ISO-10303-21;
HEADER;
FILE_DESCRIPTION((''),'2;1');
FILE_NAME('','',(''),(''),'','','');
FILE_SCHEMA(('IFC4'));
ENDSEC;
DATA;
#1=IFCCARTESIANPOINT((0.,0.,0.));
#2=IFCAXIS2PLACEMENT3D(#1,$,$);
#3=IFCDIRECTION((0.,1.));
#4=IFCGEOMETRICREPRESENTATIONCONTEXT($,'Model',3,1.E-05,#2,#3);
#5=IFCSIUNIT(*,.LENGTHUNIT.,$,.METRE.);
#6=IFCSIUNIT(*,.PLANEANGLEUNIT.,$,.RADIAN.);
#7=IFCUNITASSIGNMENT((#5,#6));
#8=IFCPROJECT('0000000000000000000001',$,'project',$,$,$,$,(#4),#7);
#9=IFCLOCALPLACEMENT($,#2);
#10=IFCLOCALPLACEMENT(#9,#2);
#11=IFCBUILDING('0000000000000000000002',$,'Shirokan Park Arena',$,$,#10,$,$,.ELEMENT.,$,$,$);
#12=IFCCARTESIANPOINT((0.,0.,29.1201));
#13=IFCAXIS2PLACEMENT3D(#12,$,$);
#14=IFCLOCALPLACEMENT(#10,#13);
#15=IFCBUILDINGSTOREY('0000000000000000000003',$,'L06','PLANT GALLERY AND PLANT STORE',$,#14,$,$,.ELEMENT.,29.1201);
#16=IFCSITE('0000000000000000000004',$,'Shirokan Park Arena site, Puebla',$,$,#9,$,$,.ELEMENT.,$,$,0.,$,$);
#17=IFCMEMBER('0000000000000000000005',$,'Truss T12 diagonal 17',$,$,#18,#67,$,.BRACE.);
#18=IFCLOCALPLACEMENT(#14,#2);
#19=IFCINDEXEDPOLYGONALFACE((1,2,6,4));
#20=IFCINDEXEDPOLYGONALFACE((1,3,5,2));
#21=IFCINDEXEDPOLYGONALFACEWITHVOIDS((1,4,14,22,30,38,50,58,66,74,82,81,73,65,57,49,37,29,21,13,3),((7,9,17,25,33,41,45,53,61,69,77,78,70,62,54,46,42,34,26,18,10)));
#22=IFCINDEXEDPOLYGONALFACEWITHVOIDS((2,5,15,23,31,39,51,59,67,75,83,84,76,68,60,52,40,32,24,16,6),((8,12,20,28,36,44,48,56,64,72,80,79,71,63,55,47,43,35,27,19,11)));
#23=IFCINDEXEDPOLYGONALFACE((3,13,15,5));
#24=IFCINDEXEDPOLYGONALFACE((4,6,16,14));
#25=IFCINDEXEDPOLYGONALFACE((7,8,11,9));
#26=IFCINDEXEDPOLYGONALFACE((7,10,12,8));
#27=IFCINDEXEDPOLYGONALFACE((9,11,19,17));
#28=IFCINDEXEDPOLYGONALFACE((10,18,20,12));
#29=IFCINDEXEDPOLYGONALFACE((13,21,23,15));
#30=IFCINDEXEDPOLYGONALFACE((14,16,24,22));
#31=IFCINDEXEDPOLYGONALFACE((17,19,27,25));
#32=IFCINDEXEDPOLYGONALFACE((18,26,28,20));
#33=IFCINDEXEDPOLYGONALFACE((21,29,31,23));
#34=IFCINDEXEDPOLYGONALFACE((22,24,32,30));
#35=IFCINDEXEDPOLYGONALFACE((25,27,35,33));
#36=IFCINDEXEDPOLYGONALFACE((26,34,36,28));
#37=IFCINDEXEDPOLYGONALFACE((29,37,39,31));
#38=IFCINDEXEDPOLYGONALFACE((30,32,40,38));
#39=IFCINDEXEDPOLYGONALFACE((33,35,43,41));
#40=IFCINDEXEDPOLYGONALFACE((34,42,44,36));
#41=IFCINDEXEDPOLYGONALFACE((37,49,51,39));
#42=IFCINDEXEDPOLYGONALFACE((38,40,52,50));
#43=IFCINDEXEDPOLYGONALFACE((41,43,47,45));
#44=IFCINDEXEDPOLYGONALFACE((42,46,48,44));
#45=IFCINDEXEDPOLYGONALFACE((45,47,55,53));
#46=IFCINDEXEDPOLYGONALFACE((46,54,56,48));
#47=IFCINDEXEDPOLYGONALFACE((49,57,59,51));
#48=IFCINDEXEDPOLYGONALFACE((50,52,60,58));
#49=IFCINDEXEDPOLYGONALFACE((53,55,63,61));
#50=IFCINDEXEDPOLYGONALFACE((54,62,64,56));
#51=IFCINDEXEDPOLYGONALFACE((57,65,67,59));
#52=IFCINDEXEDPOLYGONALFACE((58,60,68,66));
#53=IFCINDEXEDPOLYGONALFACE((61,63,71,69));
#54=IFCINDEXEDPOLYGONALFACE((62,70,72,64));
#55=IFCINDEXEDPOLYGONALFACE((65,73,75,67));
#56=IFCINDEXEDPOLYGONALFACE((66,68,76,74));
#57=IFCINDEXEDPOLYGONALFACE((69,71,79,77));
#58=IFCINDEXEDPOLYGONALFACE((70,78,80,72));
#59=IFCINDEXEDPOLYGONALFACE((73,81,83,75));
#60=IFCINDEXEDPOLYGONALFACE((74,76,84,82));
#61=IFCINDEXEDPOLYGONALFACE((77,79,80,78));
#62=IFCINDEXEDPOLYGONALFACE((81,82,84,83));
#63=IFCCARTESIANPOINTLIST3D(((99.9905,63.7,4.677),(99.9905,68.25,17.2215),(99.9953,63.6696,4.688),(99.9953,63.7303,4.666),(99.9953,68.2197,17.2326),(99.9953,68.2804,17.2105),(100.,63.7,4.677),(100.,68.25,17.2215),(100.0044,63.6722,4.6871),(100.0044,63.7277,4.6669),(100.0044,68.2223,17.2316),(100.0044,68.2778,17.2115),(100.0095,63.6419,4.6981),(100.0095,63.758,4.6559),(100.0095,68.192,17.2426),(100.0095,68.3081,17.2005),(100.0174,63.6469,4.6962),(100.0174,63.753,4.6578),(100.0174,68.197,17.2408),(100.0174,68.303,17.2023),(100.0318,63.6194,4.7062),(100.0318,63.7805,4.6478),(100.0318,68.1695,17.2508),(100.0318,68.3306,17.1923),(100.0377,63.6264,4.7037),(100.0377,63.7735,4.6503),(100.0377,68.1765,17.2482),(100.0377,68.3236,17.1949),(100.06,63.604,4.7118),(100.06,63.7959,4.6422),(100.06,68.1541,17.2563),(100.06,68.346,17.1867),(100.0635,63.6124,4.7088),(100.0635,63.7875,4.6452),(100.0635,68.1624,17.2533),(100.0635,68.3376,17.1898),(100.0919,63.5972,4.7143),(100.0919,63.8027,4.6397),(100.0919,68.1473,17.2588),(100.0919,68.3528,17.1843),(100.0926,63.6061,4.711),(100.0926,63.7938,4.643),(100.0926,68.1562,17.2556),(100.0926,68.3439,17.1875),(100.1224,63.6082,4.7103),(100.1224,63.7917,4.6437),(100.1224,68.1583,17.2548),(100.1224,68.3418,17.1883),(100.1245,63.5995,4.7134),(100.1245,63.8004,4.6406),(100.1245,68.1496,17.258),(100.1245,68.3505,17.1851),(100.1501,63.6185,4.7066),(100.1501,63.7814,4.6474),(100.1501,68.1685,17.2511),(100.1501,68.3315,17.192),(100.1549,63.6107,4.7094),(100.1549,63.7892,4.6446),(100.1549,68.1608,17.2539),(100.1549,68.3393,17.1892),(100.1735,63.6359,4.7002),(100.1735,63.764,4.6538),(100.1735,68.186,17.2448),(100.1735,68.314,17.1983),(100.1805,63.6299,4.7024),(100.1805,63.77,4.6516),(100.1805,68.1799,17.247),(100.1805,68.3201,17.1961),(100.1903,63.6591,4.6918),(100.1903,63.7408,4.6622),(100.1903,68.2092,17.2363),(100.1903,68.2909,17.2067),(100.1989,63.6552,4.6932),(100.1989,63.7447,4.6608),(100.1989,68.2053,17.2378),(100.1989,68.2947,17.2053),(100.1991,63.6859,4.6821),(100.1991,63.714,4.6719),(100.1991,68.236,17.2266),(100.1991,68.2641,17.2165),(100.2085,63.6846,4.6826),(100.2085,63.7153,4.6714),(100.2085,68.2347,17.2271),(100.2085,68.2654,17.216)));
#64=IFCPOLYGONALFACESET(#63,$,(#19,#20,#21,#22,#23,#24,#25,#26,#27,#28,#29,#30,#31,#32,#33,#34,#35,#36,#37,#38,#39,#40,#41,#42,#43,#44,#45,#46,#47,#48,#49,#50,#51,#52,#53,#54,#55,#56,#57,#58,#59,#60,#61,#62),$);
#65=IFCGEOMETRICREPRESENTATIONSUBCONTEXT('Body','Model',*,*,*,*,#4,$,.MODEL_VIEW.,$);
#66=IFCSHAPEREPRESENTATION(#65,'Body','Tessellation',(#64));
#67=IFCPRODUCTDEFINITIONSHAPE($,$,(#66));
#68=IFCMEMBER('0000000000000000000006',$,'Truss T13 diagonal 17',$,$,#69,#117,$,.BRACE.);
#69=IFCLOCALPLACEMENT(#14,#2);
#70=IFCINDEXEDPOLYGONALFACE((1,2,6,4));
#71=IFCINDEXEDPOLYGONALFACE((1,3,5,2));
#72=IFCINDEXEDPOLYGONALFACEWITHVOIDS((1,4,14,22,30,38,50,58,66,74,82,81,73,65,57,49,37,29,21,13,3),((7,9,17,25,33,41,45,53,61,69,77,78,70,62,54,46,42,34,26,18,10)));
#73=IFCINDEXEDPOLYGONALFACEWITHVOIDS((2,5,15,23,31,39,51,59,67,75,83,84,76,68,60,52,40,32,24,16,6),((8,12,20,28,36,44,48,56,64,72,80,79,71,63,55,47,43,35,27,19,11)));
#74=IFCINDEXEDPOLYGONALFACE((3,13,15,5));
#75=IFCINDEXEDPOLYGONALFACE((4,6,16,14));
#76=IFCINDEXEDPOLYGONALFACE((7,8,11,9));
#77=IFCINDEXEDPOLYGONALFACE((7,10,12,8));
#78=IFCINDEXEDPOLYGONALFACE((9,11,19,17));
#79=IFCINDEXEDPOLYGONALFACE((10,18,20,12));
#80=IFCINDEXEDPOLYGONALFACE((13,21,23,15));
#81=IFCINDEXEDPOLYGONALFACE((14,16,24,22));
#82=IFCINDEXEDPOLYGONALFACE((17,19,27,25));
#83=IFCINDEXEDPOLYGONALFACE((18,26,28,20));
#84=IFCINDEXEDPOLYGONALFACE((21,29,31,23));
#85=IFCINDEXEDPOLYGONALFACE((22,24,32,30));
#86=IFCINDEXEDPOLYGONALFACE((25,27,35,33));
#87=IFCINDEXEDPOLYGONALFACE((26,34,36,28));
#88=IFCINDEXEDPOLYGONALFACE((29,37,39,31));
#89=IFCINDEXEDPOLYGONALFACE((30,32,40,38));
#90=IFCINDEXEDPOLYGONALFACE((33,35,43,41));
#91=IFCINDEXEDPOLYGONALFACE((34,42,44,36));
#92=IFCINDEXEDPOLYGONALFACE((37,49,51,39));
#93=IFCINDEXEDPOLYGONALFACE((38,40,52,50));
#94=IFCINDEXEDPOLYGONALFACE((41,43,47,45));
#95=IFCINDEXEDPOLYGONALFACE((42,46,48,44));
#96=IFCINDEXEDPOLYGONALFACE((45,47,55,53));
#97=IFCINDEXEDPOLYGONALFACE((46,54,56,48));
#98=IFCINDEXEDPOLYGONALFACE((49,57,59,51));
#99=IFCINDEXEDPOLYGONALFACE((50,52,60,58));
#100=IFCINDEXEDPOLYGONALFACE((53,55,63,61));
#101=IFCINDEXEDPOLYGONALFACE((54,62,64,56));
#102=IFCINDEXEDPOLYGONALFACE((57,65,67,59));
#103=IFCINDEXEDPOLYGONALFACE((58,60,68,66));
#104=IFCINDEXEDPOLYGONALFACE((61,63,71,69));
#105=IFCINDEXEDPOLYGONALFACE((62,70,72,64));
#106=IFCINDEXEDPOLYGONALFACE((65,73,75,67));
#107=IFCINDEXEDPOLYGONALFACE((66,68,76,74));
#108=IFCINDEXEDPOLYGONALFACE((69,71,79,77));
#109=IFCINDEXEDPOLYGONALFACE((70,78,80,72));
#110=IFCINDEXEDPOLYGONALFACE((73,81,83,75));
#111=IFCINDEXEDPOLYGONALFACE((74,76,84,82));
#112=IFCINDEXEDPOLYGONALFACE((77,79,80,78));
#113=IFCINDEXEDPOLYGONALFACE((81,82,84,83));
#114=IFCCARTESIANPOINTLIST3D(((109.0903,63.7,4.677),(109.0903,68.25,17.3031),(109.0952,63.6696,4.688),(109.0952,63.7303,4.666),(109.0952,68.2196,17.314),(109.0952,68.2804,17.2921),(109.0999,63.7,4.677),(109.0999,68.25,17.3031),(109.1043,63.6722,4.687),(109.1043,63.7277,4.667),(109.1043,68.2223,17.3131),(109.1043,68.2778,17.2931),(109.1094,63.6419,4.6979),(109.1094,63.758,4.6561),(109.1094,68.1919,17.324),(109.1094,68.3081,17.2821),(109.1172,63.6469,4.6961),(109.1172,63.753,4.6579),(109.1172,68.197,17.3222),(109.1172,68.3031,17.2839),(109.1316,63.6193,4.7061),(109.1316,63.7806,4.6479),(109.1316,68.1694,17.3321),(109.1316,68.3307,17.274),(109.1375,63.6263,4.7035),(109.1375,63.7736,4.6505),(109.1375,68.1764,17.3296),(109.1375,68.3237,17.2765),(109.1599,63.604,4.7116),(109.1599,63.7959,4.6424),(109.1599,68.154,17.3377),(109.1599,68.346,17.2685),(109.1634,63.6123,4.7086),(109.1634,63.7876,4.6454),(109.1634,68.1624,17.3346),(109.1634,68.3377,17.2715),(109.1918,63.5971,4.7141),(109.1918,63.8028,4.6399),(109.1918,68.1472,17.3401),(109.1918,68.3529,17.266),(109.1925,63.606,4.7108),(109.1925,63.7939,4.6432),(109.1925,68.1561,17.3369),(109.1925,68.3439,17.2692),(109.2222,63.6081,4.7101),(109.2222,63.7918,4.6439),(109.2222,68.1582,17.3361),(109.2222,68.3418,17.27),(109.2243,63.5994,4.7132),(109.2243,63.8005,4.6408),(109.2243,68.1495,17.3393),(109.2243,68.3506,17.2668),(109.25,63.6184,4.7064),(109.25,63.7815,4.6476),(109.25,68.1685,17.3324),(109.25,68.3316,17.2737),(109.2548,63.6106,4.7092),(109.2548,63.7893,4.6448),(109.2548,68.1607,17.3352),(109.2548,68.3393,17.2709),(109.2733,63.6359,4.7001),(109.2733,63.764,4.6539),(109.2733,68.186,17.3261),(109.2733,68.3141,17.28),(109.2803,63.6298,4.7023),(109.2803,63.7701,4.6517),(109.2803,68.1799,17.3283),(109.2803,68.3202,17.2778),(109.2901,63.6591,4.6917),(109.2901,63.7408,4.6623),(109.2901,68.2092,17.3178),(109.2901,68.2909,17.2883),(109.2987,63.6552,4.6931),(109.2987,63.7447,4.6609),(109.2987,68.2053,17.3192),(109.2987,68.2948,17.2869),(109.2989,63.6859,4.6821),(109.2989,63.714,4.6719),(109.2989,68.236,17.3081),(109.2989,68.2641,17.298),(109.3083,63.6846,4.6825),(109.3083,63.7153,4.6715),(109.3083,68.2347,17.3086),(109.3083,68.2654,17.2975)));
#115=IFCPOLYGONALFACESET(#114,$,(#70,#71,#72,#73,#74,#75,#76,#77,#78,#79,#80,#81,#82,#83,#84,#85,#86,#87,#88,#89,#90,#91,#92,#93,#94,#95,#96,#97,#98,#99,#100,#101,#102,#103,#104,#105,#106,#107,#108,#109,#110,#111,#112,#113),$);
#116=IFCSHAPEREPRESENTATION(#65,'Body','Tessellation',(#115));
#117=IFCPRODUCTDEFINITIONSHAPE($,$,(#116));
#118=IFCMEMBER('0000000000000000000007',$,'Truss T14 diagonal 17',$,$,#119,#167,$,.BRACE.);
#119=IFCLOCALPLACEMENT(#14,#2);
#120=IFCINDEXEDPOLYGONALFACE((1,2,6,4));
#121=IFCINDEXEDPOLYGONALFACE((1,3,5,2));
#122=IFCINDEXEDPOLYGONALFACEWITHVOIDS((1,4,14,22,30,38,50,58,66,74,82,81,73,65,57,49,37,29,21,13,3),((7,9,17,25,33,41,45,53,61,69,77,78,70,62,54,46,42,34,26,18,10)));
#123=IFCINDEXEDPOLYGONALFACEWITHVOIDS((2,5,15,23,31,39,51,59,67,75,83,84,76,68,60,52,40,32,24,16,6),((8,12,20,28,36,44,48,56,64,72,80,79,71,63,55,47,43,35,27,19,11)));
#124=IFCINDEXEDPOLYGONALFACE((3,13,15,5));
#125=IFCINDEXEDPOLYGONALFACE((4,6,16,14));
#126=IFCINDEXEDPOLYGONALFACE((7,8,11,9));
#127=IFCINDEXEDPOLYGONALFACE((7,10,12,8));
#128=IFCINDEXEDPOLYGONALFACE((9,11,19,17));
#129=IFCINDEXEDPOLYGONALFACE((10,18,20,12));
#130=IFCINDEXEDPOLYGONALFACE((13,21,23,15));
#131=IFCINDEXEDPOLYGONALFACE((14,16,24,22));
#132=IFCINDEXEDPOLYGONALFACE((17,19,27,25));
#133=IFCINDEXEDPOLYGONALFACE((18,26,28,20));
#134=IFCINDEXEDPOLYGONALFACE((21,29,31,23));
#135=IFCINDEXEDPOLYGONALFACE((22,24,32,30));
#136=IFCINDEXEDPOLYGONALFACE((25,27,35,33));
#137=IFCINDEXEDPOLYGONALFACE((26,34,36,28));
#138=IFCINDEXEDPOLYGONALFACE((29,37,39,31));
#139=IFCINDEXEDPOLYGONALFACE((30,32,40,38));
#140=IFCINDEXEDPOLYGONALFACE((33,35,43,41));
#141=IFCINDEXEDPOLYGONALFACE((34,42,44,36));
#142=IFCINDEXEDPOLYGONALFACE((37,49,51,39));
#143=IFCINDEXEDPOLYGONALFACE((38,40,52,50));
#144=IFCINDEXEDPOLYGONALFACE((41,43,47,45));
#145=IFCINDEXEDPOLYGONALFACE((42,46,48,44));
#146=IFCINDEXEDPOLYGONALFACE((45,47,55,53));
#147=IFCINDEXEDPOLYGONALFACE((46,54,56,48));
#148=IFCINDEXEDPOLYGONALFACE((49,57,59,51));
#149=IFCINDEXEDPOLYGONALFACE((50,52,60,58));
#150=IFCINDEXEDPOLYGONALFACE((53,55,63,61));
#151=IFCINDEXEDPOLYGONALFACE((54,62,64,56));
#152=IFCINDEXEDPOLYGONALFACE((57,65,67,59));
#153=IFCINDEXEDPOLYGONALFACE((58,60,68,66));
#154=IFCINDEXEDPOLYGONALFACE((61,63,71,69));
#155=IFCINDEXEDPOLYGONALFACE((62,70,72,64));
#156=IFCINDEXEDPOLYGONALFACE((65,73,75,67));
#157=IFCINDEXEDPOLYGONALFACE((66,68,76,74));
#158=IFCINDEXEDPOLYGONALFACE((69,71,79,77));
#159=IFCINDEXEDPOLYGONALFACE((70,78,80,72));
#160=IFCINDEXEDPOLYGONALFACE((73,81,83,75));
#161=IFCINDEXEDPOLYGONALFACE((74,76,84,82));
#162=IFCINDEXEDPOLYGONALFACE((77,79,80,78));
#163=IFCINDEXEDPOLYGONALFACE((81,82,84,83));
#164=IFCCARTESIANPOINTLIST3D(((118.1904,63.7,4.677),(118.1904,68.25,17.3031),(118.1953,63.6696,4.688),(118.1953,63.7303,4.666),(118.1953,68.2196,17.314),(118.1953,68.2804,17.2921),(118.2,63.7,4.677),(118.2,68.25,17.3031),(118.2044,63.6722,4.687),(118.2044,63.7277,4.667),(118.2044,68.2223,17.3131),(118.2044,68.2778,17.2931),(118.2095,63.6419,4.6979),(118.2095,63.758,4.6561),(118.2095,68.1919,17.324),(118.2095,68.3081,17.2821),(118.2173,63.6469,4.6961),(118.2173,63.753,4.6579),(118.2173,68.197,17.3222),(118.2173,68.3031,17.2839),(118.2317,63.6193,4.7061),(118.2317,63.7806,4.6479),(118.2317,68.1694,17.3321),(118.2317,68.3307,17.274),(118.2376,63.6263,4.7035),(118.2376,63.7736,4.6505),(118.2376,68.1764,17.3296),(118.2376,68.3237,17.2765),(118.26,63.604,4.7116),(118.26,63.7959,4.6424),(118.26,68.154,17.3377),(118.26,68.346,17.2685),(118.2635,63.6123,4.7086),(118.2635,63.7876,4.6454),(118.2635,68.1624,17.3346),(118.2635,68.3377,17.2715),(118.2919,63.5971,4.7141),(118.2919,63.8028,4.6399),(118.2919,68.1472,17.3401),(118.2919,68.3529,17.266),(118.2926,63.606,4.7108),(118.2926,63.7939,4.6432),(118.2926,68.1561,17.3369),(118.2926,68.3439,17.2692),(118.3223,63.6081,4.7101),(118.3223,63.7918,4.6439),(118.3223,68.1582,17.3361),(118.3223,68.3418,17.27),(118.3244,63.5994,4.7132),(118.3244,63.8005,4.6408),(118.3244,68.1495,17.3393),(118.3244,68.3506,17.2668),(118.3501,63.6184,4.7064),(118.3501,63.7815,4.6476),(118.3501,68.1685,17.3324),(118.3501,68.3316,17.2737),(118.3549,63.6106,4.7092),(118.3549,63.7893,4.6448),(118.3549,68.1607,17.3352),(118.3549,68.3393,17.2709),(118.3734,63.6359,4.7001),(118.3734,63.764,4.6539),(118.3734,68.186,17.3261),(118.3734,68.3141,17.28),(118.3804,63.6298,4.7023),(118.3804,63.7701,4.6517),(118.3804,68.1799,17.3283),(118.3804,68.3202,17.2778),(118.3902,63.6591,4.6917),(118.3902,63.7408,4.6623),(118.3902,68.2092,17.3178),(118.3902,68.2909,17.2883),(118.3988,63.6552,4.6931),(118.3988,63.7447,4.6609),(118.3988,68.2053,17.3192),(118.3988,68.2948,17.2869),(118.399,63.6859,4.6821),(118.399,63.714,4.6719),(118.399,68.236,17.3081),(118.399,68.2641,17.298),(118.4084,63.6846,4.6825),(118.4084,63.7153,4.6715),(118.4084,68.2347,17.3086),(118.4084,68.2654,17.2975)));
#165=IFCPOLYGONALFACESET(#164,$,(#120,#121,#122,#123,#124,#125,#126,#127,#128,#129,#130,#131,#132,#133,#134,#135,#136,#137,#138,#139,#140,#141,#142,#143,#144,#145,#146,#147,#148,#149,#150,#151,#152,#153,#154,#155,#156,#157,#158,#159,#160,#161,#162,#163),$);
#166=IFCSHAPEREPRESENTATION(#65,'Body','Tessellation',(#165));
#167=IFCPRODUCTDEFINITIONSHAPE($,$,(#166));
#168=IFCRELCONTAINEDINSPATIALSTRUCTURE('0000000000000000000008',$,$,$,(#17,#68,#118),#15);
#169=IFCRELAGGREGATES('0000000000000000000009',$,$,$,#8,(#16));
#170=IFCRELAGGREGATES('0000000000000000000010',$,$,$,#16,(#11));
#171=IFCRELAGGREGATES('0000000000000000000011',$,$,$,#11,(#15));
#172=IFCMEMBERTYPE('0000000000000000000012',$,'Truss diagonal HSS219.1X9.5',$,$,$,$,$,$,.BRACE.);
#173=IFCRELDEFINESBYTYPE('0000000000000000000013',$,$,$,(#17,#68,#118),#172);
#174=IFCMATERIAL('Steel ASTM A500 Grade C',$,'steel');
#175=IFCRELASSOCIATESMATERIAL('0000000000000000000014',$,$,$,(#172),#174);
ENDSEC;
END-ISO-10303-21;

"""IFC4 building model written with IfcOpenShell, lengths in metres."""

from ifc_helpers import new_model, si_unit, direction, frame, origin, origin_2d, place, context, subcontext, project, spatial, hollow_circle, extrude, material, material_profile, profile_set, type_object, element, save


model = new_model("IFC4")

# Units and contexts
model_context = context("Model", 3, precision=1e-05, world=origin(), true_north=direction((0.0, 1.0)))
body_context = subcontext(model_context, "Body", "Model", "MODEL_VIEW")
ifc_project = project(units=[si_unit("LENGTHUNIT", "METRE"), si_unit("PLANEANGLEUNIT", "RADIAN")], contexts=[model_context])

# Site, building, storey
site_placement = place(None, origin())
site = spatial("IfcSite", under=ifc_project, at=site_placement, Name="Shirokan Park Arena site, Puebla", CompositionType="ELEMENT", RefElevation=0.0)
building_placement = place(site_placement, origin())
building = spatial("IfcBuilding", under=site, at=building_placement, Name="Shirokan Park Arena", CompositionType="ELEMENT")
storey_placement = place(building_placement, frame((0.0, 0.0, 29.1201)))
storey = spatial("IfcBuildingStorey", under=building, at=storey_placement, Name="L06", Description="PLANT GALLERY AND PLANT STORE", CompositionType="ELEMENT", Elevation=29.1201)

# Members
ifc_material_1 = material(Name="Steel ASTM A500 Grade C", Category="steel")
ifc_material_profile_1 = material_profile(ifc_material_1, hollow_circle(Radius=0.1096, WallThickness=0.0095, at=origin_2d()), Name="HSS219.1X9.5")
ifc_profile_set_1 = profile_set([ifc_material_profile_1], Name="Steel ASTM A500 Grade C")
member_type_1 = type_object("IfcMemberType", Name="Truss diagonal HSS219.1X9.5", PredefinedType="BRACE", material=ifc_profile_set_1)
member_1_placement = place(storey_placement, frame((100.1001, 63.7, 4.677), z_axis=(0.0, 0.340978, 0.940071), x_axis=(-1.0, 0.0, 0.0)))
element("IfcMember", 1, at=member_1_placement, inside=storey, type_object=member_type_1, Name="Truss T12 diagonal 17", PredefinedType="BRACE", context=body_context, shape_type="SweptSolid", body=[
    extrude(hollow_circle(Radius=0.1096, WallThickness=0.0095, at=origin_2d()), origin(), (0.0, 0.0, 1.0), 13.3442),
])
for number, where, z_axis, x_axis, name in (
    (2, (109.2, 63.7, 4.677), (0.0, 0.339029, 0.940776), (-1.0, 0.0, 0.0), "Truss T13 diagonal 17"),
    (3, (118.3, 63.7, 4.677), (0.0, 0.339029, 0.940776), (-1.0, 0.0, 0.0), "Truss T14 diagonal 17"),
):
    element("IfcMember", number, at=place(storey_placement, frame(where, z_axis=z_axis, x_axis=x_axis)), inside=storey, type_object=member_type_1, Name=name, PredefinedType="BRACE", context=body_context, shape_type="SweptSolid", body=[
        extrude(hollow_circle(Radius=0.1096, WallThickness=0.0095, at=origin_2d()), origin(), (0.0, 0.0, 1.0), 13.4209),
    ])

save(model, "model.ifc")
